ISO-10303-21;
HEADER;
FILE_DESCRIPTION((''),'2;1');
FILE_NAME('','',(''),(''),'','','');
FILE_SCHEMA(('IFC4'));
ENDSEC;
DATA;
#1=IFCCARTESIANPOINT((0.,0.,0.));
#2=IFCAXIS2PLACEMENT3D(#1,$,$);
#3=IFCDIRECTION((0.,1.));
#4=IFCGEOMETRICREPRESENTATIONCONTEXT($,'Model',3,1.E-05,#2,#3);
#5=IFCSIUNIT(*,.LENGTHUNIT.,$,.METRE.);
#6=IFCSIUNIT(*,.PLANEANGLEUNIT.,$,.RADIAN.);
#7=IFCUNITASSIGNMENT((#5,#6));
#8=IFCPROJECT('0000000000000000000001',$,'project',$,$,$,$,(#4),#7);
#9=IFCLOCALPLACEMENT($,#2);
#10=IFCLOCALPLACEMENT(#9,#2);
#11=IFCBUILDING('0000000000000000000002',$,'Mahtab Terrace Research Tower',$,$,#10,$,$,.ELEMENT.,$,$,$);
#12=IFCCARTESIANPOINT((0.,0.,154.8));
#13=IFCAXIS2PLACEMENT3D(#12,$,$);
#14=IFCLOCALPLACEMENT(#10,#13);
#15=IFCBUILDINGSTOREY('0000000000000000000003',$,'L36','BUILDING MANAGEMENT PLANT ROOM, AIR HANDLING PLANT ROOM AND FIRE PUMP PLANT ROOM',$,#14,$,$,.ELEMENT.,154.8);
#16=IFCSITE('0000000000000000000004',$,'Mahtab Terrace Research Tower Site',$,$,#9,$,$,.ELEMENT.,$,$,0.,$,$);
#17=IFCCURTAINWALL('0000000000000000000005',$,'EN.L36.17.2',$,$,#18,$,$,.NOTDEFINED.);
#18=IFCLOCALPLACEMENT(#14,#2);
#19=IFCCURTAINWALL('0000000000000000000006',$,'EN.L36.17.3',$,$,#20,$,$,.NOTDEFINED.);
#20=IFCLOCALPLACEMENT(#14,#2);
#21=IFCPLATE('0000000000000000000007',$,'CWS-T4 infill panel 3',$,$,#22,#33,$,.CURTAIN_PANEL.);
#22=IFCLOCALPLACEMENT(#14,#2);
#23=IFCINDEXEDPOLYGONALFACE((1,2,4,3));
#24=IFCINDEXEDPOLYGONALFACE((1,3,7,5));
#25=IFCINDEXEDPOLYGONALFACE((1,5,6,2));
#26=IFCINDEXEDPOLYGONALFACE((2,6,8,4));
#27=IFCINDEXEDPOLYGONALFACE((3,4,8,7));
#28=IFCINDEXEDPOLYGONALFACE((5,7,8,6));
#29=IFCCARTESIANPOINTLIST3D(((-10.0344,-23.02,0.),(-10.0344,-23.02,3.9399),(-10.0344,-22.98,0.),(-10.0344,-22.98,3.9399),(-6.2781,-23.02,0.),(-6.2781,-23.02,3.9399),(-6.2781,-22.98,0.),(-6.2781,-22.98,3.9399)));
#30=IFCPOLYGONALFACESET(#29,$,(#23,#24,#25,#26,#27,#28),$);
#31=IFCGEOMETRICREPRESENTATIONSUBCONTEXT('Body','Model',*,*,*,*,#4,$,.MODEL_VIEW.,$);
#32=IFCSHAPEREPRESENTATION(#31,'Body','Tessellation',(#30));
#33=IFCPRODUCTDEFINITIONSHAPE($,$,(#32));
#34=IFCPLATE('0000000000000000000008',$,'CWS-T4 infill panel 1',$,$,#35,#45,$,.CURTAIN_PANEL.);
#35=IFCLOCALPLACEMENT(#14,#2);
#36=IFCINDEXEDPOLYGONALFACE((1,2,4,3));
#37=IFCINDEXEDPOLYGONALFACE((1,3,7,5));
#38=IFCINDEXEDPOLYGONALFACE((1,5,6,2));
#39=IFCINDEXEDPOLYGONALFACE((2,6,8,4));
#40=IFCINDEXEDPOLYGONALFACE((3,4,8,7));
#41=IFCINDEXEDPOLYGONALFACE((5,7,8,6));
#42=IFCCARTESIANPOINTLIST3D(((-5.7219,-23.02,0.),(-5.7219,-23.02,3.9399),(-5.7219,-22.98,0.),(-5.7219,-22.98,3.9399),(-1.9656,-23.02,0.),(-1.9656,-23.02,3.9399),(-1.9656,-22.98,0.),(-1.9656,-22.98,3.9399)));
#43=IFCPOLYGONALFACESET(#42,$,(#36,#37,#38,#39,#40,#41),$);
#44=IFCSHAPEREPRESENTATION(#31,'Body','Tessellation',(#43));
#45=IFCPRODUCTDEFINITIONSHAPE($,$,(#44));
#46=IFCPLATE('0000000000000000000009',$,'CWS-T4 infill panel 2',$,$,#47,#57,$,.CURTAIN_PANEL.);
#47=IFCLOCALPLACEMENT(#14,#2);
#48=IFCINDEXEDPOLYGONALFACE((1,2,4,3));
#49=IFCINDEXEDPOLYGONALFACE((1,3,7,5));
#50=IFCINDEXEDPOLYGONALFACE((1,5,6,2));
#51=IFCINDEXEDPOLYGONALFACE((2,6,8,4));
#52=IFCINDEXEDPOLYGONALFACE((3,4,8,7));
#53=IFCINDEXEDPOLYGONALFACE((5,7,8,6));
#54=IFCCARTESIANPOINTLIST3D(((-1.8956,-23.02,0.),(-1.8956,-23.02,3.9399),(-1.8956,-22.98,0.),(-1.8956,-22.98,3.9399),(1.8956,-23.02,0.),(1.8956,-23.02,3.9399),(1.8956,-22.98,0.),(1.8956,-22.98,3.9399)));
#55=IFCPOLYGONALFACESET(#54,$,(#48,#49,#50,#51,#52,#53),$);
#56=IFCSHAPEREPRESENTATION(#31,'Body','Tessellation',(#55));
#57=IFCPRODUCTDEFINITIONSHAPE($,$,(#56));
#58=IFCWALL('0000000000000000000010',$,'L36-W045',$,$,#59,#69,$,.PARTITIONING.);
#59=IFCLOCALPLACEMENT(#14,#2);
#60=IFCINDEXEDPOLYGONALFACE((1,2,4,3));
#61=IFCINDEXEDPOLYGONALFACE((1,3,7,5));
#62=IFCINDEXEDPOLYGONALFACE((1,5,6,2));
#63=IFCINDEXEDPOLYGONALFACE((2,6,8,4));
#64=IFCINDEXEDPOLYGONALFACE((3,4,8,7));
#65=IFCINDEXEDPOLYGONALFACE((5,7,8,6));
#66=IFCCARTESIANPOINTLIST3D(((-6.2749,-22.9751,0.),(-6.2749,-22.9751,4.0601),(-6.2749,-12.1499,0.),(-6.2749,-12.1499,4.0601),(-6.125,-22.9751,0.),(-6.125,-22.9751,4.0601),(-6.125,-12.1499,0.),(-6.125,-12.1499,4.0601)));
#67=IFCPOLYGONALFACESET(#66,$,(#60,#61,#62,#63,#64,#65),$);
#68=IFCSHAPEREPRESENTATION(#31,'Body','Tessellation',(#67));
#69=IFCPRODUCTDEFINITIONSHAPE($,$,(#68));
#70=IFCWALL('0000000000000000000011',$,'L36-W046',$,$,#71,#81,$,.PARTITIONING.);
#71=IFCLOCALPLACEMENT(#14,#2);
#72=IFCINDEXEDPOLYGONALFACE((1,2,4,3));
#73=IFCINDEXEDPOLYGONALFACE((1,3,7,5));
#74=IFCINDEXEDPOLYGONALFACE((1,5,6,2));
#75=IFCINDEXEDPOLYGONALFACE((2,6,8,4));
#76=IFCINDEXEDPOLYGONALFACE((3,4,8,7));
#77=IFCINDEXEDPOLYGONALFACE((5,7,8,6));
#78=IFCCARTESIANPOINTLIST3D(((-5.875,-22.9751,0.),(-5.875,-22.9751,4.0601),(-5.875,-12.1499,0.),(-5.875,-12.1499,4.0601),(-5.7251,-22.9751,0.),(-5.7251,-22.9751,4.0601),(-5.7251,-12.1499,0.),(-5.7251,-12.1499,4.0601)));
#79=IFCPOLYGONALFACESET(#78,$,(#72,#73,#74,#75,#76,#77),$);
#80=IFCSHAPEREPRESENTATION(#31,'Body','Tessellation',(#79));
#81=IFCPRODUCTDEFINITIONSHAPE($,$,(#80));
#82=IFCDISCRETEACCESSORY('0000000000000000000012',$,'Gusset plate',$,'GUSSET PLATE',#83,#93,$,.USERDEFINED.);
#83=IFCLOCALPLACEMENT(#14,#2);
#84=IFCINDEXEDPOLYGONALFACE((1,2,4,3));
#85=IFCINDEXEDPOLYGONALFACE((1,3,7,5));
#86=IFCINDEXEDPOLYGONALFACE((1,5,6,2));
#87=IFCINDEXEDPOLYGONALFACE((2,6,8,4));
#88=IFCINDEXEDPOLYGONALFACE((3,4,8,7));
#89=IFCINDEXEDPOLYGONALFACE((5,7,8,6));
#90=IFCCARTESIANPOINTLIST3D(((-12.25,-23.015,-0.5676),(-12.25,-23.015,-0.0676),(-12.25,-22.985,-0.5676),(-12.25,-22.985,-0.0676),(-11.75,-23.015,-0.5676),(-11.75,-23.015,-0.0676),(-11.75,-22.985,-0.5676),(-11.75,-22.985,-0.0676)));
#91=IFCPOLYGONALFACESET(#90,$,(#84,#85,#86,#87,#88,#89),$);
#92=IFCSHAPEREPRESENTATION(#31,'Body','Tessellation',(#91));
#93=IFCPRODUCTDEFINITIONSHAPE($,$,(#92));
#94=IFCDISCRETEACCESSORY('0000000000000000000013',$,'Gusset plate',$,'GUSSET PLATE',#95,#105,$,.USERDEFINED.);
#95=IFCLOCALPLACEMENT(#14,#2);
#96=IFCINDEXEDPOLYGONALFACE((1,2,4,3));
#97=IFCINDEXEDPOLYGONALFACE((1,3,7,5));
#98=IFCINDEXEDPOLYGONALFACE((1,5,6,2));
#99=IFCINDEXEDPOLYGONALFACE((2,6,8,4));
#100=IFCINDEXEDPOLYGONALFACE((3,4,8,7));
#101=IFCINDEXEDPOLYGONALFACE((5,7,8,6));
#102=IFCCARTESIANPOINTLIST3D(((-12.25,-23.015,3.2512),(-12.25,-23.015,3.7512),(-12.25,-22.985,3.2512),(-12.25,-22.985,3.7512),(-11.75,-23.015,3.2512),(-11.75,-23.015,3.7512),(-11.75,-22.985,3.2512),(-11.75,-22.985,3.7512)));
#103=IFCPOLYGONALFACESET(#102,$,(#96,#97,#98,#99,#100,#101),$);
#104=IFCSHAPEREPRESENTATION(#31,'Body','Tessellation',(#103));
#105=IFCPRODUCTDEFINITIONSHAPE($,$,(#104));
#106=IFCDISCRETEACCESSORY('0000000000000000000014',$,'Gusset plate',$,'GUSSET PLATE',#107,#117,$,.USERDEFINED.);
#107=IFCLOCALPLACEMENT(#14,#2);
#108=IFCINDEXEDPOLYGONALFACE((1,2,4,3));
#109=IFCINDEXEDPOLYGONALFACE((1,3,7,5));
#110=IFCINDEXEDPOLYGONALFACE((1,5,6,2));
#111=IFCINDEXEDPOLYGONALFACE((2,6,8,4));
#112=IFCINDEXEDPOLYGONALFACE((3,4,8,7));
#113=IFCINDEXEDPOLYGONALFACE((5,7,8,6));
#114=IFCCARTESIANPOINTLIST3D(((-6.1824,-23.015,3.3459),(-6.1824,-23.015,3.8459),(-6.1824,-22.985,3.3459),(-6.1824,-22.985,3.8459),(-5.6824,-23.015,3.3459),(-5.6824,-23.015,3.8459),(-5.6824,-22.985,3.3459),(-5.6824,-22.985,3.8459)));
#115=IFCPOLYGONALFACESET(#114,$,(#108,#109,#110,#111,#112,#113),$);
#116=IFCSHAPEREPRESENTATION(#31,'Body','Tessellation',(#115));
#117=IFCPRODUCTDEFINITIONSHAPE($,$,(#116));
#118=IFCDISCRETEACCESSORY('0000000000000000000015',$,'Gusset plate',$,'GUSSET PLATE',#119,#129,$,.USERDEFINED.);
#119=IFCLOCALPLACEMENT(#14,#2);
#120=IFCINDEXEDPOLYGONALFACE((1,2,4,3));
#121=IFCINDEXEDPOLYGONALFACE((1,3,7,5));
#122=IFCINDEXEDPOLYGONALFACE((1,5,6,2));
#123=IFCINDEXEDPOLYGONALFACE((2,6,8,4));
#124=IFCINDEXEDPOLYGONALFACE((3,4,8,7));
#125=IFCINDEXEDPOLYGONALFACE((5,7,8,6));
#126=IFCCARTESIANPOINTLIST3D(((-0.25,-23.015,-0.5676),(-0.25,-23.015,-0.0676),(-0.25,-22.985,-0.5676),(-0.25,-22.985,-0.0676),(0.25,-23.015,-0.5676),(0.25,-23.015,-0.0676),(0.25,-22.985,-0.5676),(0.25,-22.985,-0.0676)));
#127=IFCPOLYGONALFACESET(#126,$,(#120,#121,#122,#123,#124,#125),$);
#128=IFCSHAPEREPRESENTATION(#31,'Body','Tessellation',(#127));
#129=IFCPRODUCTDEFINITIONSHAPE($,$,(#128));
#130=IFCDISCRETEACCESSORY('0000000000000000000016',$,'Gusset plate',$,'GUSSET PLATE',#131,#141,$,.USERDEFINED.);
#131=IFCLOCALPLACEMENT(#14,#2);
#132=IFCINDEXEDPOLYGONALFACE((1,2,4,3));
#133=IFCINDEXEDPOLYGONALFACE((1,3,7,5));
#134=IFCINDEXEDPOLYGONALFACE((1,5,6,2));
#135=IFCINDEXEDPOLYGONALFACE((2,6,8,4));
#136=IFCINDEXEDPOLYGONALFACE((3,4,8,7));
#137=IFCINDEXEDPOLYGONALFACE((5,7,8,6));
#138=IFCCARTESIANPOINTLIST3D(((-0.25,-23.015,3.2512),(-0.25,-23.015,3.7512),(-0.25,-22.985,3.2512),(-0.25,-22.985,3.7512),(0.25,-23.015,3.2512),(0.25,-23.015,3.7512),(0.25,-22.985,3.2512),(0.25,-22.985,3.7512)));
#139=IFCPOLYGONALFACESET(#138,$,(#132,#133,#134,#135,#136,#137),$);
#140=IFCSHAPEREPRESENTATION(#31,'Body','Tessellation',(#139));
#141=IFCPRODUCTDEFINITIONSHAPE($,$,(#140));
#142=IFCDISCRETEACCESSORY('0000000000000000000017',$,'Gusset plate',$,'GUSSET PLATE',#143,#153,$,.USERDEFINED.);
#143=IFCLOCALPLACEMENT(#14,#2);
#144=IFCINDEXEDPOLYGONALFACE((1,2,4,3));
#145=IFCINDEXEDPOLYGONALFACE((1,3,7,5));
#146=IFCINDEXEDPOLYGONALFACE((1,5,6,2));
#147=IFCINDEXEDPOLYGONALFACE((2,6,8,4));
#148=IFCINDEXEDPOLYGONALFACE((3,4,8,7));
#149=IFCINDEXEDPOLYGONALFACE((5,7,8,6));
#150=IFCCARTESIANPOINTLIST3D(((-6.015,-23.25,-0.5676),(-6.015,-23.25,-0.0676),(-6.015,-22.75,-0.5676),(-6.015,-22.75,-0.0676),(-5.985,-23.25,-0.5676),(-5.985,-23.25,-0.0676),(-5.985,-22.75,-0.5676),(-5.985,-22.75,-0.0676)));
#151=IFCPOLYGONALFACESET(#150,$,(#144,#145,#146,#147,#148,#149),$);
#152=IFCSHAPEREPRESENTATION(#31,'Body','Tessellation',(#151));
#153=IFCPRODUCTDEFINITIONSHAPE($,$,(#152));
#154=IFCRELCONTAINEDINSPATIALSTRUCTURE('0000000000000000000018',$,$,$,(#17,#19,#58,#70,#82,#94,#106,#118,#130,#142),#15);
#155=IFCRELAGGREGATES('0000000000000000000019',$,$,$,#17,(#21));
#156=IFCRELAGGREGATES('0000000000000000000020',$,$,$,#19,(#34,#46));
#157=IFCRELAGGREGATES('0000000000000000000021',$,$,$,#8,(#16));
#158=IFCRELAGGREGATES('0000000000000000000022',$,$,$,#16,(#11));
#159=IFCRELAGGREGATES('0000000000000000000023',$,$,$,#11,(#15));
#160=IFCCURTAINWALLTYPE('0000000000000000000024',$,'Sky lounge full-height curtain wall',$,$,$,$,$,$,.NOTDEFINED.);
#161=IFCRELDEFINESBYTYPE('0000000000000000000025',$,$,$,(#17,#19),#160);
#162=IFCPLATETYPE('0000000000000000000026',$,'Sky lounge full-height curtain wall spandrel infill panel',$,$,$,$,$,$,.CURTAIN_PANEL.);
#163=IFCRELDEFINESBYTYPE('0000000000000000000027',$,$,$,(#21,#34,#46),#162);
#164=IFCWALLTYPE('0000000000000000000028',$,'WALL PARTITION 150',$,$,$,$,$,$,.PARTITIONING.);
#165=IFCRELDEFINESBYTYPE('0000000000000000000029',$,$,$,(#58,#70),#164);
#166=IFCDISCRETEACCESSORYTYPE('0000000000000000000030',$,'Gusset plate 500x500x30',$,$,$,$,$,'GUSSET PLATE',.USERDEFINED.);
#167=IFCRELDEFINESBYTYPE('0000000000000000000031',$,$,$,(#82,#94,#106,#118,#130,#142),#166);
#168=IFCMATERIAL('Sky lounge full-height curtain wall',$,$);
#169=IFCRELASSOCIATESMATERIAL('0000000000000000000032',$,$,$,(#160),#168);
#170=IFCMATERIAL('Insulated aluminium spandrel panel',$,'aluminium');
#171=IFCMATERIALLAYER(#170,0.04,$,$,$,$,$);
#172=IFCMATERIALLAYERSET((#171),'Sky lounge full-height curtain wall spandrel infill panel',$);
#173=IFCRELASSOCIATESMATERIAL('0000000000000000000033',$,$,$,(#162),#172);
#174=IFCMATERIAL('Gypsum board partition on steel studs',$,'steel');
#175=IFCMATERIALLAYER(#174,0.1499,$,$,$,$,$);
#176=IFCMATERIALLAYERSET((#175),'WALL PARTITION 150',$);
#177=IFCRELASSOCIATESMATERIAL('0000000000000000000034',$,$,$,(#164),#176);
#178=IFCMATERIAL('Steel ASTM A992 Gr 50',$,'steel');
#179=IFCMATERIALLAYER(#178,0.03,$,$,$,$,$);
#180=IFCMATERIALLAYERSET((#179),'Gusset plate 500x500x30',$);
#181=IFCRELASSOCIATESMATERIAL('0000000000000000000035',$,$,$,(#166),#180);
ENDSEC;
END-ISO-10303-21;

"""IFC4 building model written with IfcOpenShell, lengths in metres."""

from ifc_helpers import new_model, si_unit, direction, frame, frame_2d, origin, origin_2d, place, context, subcontext, project, spatial, rectangle, extrude, material, layer, layer_set, type_object, element, aggregate, save


model = new_model("IFC4")

# Units and contexts
model_context = context("Model", 3, precision=1e-05, world=origin(), true_north=direction((0.0, 1.0)))
body_context = subcontext(model_context, "Body", "Model", "MODEL_VIEW")
ifc_project = project(units=[si_unit("LENGTHUNIT", "METRE"), si_unit("PLANEANGLEUNIT", "RADIAN")], contexts=[model_context])

# Site, building, storey
site_placement = place(None, origin())
site = spatial("IfcSite", under=ifc_project, at=site_placement, Name="Mahtab Terrace Research Tower Site", CompositionType="ELEMENT", RefElevation=0.0)
building_placement = place(site_placement, origin())
building = spatial("IfcBuilding", under=site, at=building_placement, Name="Mahtab Terrace Research Tower", CompositionType="ELEMENT")
storey_placement = place(building_placement, frame((0.0, 0.0, 154.8)))
storey = spatial("IfcBuildingStorey", under=building, at=storey_placement, Name="L36", Description="BUILDING MANAGEMENT PLANT ROOM, AIR HANDLING PLANT ROOM AND FIRE PUMP PLANT ROOM", CompositionType="ELEMENT", Elevation=154.8)

# Shared definitions
ifc_material_1 = material(Name="Steel ASTM A992 Gr 50", Category="steel")

# Curtain walls
ifc_material_2 = material(Name="Sky lounge full-height curtain wall")
curtain_wall_type = type_object("IfcCurtainWallType", Name="Sky lounge full-height curtain wall", PredefinedType="NOTDEFINED", material=ifc_material_2)
curtain_wall_1_placement = place(storey_placement, origin())
curtain_wall_1 = element("IfcCurtainWall", 1, at=curtain_wall_1_placement, inside=storey, type_object=curtain_wall_type, Name="EN.L36.17.2", PredefinedType="NOTDEFINED")
curtain_wall_2_placement = place(storey_placement, origin())
curtain_wall_2 = element("IfcCurtainWall", 2, at=curtain_wall_2_placement, inside=storey, type_object=curtain_wall_type, Name="EN.L36.17.3", PredefinedType="NOTDEFINED")

# Plates
ifc_material_3 = material(Name="Insulated aluminium spandrel panel", Category="aluminium")
ifc_layer_1 = layer(ifc_material_3, 0.04)
ifc_layer_set_1 = layer_set([ifc_layer_1], Name="Sky lounge full-height curtain wall spandrel infill panel")
plate_type = type_object("IfcPlateType", Name="Sky lounge full-height curtain wall spandrel infill panel", PredefinedType="CURTAIN_PANEL", material=ifc_layer_set_1)
plate_1_placement = place(storey_placement, frame((-8.1562, -23.0, 0.0), z_axis=(0.0, 0.0, 1.0), x_axis=(1.0, 0.0, 0.0)))
plate_1 = element("IfcPlate", 3, at=plate_1_placement, type_object=plate_type, Name="CWS-T4 infill panel 3", PredefinedType="CURTAIN_PANEL", context=body_context, shape_type="SweptSolid", body=[
    extrude(rectangle(XDim=3.7563, YDim=0.04, at=origin_2d()), origin(), (0.0, 0.0, 1.0), 3.9399),
])
aggregate(curtain_wall_1, [plate_1])
plate_2_placement = place(storey_placement, frame((-3.8438, -23.0, 0.0), z_axis=(0.0, 0.0, 1.0), x_axis=(1.0, 0.0, 0.0)))
plate_2 = element("IfcPlate", 4, at=plate_2_placement, type_object=plate_type, Name="CWS-T4 infill panel 1", PredefinedType="CURTAIN_PANEL", context=body_context, shape_type="SweptSolid", body=[
    extrude(rectangle(XDim=3.7563, YDim=0.04, at=origin_2d()), origin(), (0.0, 0.0, 1.0), 3.9399),
])
plate_3_placement = place(storey_placement, frame((0.0, -23.0, 0.0), z_axis=(0.0, 0.0, 1.0), x_axis=(1.0, 0.0, 0.0)))
plate_3 = element("IfcPlate", 5, at=plate_3_placement, type_object=plate_type, Name="CWS-T4 infill panel 2", PredefinedType="CURTAIN_PANEL", context=body_context, shape_type="SweptSolid", body=[
    extrude(rectangle(XDim=3.7913, YDim=0.04, at=origin_2d()), origin(), (0.0, 0.0, 1.0), 3.9399),
])
aggregate(curtain_wall_2, [plate_2, plate_3])

# Walls
ifc_material_4 = material(Name="Gypsum board partition on steel studs", Category="steel")
ifc_layer_2 = layer(ifc_material_4, 0.1499)
ifc_layer_set_2 = layer_set([ifc_layer_2], Name="WALL PARTITION 150")
wall_type = type_object("IfcWallType", Name="WALL PARTITION 150", PredefinedType="PARTITIONING", material=ifc_layer_set_2)
for number, where, z_axis, x_axis, name in (
    (6, (-6.2, -22.9751, 0.0), (0.0, 0.0, 1.0), (0.0, 1.0, 0.0), "L36-W045"),
    (7, (-5.8, -22.9751, 0.0), (0.0, 0.0, 1.0), (0.0, 1.0, 0.0), "L36-W046"),
):
    element("IfcWall", number, at=place(storey_placement, frame(where, z_axis=z_axis, x_axis=x_axis)), inside=storey, type_object=wall_type, Name=name, PredefinedType="PARTITIONING", context=body_context, shape_type="SweptSolid", body=[
        extrude(rectangle(XDim=10.8252, YDim=0.1499, at=frame_2d((5.4126, 0.0))), origin(), (0.0, 0.0, 1.0), 4.0601),
    ])

# Discrete accessories
ifc_layer_3 = layer(ifc_material_1, 0.03)
ifc_layer_set_3 = layer_set([ifc_layer_3], Name="Gusset plate 500x500x30")
discrete_accessory_type = type_object("IfcDiscreteAccessoryType", Name="Gusset plate 500x500x30", ElementType="GUSSET PLATE", PredefinedType="USERDEFINED", material=ifc_layer_set_3)
for number, where, z_axis, x_axis, name in (
    (8, (-12.0, -23.0, -0.5676), (0.0, 0.0, 1.0), (1.0, 0.0, 0.0), "Gusset plate"),
    (9, (-12.0, -23.0, 3.2512), (0.0, 0.0, 1.0), (1.0, 0.0, 0.0), "Gusset plate"),
    (10, (-5.9324, -23.0, 3.3459), (0.0, 0.0, 1.0), (1.0, 0.0, 0.0), "Gusset plate"),
    (11, (0.0, -23.0, -0.5676), (0.0, 0.0, 1.0), (1.0, 0.0, 0.0), "Gusset plate"),
    (12, (0.0, -23.0, 3.2512), (0.0, 0.0, 1.0), (1.0, 0.0, 0.0), "Gusset plate"),
    (13, (-6.0, -23.0, -0.5676), (0.0, 0.0, 1.0), (0.0, 1.0, 0.0), "Gusset plate"),
):
    element("IfcDiscreteAccessory", number, at=place(storey_placement, frame(where, z_axis=z_axis, x_axis=x_axis)), inside=storey, type_object=discrete_accessory_type, Name=name, ObjectType="GUSSET PLATE", PredefinedType="USERDEFINED", context=body_context, shape_type="SweptSolid", body=[
        extrude(rectangle(XDim=0.5, YDim=0.03, at=origin_2d()), origin(), (0.0, 0.0, 1.0), 0.5),
    ])

save(model, "model.ifc")
